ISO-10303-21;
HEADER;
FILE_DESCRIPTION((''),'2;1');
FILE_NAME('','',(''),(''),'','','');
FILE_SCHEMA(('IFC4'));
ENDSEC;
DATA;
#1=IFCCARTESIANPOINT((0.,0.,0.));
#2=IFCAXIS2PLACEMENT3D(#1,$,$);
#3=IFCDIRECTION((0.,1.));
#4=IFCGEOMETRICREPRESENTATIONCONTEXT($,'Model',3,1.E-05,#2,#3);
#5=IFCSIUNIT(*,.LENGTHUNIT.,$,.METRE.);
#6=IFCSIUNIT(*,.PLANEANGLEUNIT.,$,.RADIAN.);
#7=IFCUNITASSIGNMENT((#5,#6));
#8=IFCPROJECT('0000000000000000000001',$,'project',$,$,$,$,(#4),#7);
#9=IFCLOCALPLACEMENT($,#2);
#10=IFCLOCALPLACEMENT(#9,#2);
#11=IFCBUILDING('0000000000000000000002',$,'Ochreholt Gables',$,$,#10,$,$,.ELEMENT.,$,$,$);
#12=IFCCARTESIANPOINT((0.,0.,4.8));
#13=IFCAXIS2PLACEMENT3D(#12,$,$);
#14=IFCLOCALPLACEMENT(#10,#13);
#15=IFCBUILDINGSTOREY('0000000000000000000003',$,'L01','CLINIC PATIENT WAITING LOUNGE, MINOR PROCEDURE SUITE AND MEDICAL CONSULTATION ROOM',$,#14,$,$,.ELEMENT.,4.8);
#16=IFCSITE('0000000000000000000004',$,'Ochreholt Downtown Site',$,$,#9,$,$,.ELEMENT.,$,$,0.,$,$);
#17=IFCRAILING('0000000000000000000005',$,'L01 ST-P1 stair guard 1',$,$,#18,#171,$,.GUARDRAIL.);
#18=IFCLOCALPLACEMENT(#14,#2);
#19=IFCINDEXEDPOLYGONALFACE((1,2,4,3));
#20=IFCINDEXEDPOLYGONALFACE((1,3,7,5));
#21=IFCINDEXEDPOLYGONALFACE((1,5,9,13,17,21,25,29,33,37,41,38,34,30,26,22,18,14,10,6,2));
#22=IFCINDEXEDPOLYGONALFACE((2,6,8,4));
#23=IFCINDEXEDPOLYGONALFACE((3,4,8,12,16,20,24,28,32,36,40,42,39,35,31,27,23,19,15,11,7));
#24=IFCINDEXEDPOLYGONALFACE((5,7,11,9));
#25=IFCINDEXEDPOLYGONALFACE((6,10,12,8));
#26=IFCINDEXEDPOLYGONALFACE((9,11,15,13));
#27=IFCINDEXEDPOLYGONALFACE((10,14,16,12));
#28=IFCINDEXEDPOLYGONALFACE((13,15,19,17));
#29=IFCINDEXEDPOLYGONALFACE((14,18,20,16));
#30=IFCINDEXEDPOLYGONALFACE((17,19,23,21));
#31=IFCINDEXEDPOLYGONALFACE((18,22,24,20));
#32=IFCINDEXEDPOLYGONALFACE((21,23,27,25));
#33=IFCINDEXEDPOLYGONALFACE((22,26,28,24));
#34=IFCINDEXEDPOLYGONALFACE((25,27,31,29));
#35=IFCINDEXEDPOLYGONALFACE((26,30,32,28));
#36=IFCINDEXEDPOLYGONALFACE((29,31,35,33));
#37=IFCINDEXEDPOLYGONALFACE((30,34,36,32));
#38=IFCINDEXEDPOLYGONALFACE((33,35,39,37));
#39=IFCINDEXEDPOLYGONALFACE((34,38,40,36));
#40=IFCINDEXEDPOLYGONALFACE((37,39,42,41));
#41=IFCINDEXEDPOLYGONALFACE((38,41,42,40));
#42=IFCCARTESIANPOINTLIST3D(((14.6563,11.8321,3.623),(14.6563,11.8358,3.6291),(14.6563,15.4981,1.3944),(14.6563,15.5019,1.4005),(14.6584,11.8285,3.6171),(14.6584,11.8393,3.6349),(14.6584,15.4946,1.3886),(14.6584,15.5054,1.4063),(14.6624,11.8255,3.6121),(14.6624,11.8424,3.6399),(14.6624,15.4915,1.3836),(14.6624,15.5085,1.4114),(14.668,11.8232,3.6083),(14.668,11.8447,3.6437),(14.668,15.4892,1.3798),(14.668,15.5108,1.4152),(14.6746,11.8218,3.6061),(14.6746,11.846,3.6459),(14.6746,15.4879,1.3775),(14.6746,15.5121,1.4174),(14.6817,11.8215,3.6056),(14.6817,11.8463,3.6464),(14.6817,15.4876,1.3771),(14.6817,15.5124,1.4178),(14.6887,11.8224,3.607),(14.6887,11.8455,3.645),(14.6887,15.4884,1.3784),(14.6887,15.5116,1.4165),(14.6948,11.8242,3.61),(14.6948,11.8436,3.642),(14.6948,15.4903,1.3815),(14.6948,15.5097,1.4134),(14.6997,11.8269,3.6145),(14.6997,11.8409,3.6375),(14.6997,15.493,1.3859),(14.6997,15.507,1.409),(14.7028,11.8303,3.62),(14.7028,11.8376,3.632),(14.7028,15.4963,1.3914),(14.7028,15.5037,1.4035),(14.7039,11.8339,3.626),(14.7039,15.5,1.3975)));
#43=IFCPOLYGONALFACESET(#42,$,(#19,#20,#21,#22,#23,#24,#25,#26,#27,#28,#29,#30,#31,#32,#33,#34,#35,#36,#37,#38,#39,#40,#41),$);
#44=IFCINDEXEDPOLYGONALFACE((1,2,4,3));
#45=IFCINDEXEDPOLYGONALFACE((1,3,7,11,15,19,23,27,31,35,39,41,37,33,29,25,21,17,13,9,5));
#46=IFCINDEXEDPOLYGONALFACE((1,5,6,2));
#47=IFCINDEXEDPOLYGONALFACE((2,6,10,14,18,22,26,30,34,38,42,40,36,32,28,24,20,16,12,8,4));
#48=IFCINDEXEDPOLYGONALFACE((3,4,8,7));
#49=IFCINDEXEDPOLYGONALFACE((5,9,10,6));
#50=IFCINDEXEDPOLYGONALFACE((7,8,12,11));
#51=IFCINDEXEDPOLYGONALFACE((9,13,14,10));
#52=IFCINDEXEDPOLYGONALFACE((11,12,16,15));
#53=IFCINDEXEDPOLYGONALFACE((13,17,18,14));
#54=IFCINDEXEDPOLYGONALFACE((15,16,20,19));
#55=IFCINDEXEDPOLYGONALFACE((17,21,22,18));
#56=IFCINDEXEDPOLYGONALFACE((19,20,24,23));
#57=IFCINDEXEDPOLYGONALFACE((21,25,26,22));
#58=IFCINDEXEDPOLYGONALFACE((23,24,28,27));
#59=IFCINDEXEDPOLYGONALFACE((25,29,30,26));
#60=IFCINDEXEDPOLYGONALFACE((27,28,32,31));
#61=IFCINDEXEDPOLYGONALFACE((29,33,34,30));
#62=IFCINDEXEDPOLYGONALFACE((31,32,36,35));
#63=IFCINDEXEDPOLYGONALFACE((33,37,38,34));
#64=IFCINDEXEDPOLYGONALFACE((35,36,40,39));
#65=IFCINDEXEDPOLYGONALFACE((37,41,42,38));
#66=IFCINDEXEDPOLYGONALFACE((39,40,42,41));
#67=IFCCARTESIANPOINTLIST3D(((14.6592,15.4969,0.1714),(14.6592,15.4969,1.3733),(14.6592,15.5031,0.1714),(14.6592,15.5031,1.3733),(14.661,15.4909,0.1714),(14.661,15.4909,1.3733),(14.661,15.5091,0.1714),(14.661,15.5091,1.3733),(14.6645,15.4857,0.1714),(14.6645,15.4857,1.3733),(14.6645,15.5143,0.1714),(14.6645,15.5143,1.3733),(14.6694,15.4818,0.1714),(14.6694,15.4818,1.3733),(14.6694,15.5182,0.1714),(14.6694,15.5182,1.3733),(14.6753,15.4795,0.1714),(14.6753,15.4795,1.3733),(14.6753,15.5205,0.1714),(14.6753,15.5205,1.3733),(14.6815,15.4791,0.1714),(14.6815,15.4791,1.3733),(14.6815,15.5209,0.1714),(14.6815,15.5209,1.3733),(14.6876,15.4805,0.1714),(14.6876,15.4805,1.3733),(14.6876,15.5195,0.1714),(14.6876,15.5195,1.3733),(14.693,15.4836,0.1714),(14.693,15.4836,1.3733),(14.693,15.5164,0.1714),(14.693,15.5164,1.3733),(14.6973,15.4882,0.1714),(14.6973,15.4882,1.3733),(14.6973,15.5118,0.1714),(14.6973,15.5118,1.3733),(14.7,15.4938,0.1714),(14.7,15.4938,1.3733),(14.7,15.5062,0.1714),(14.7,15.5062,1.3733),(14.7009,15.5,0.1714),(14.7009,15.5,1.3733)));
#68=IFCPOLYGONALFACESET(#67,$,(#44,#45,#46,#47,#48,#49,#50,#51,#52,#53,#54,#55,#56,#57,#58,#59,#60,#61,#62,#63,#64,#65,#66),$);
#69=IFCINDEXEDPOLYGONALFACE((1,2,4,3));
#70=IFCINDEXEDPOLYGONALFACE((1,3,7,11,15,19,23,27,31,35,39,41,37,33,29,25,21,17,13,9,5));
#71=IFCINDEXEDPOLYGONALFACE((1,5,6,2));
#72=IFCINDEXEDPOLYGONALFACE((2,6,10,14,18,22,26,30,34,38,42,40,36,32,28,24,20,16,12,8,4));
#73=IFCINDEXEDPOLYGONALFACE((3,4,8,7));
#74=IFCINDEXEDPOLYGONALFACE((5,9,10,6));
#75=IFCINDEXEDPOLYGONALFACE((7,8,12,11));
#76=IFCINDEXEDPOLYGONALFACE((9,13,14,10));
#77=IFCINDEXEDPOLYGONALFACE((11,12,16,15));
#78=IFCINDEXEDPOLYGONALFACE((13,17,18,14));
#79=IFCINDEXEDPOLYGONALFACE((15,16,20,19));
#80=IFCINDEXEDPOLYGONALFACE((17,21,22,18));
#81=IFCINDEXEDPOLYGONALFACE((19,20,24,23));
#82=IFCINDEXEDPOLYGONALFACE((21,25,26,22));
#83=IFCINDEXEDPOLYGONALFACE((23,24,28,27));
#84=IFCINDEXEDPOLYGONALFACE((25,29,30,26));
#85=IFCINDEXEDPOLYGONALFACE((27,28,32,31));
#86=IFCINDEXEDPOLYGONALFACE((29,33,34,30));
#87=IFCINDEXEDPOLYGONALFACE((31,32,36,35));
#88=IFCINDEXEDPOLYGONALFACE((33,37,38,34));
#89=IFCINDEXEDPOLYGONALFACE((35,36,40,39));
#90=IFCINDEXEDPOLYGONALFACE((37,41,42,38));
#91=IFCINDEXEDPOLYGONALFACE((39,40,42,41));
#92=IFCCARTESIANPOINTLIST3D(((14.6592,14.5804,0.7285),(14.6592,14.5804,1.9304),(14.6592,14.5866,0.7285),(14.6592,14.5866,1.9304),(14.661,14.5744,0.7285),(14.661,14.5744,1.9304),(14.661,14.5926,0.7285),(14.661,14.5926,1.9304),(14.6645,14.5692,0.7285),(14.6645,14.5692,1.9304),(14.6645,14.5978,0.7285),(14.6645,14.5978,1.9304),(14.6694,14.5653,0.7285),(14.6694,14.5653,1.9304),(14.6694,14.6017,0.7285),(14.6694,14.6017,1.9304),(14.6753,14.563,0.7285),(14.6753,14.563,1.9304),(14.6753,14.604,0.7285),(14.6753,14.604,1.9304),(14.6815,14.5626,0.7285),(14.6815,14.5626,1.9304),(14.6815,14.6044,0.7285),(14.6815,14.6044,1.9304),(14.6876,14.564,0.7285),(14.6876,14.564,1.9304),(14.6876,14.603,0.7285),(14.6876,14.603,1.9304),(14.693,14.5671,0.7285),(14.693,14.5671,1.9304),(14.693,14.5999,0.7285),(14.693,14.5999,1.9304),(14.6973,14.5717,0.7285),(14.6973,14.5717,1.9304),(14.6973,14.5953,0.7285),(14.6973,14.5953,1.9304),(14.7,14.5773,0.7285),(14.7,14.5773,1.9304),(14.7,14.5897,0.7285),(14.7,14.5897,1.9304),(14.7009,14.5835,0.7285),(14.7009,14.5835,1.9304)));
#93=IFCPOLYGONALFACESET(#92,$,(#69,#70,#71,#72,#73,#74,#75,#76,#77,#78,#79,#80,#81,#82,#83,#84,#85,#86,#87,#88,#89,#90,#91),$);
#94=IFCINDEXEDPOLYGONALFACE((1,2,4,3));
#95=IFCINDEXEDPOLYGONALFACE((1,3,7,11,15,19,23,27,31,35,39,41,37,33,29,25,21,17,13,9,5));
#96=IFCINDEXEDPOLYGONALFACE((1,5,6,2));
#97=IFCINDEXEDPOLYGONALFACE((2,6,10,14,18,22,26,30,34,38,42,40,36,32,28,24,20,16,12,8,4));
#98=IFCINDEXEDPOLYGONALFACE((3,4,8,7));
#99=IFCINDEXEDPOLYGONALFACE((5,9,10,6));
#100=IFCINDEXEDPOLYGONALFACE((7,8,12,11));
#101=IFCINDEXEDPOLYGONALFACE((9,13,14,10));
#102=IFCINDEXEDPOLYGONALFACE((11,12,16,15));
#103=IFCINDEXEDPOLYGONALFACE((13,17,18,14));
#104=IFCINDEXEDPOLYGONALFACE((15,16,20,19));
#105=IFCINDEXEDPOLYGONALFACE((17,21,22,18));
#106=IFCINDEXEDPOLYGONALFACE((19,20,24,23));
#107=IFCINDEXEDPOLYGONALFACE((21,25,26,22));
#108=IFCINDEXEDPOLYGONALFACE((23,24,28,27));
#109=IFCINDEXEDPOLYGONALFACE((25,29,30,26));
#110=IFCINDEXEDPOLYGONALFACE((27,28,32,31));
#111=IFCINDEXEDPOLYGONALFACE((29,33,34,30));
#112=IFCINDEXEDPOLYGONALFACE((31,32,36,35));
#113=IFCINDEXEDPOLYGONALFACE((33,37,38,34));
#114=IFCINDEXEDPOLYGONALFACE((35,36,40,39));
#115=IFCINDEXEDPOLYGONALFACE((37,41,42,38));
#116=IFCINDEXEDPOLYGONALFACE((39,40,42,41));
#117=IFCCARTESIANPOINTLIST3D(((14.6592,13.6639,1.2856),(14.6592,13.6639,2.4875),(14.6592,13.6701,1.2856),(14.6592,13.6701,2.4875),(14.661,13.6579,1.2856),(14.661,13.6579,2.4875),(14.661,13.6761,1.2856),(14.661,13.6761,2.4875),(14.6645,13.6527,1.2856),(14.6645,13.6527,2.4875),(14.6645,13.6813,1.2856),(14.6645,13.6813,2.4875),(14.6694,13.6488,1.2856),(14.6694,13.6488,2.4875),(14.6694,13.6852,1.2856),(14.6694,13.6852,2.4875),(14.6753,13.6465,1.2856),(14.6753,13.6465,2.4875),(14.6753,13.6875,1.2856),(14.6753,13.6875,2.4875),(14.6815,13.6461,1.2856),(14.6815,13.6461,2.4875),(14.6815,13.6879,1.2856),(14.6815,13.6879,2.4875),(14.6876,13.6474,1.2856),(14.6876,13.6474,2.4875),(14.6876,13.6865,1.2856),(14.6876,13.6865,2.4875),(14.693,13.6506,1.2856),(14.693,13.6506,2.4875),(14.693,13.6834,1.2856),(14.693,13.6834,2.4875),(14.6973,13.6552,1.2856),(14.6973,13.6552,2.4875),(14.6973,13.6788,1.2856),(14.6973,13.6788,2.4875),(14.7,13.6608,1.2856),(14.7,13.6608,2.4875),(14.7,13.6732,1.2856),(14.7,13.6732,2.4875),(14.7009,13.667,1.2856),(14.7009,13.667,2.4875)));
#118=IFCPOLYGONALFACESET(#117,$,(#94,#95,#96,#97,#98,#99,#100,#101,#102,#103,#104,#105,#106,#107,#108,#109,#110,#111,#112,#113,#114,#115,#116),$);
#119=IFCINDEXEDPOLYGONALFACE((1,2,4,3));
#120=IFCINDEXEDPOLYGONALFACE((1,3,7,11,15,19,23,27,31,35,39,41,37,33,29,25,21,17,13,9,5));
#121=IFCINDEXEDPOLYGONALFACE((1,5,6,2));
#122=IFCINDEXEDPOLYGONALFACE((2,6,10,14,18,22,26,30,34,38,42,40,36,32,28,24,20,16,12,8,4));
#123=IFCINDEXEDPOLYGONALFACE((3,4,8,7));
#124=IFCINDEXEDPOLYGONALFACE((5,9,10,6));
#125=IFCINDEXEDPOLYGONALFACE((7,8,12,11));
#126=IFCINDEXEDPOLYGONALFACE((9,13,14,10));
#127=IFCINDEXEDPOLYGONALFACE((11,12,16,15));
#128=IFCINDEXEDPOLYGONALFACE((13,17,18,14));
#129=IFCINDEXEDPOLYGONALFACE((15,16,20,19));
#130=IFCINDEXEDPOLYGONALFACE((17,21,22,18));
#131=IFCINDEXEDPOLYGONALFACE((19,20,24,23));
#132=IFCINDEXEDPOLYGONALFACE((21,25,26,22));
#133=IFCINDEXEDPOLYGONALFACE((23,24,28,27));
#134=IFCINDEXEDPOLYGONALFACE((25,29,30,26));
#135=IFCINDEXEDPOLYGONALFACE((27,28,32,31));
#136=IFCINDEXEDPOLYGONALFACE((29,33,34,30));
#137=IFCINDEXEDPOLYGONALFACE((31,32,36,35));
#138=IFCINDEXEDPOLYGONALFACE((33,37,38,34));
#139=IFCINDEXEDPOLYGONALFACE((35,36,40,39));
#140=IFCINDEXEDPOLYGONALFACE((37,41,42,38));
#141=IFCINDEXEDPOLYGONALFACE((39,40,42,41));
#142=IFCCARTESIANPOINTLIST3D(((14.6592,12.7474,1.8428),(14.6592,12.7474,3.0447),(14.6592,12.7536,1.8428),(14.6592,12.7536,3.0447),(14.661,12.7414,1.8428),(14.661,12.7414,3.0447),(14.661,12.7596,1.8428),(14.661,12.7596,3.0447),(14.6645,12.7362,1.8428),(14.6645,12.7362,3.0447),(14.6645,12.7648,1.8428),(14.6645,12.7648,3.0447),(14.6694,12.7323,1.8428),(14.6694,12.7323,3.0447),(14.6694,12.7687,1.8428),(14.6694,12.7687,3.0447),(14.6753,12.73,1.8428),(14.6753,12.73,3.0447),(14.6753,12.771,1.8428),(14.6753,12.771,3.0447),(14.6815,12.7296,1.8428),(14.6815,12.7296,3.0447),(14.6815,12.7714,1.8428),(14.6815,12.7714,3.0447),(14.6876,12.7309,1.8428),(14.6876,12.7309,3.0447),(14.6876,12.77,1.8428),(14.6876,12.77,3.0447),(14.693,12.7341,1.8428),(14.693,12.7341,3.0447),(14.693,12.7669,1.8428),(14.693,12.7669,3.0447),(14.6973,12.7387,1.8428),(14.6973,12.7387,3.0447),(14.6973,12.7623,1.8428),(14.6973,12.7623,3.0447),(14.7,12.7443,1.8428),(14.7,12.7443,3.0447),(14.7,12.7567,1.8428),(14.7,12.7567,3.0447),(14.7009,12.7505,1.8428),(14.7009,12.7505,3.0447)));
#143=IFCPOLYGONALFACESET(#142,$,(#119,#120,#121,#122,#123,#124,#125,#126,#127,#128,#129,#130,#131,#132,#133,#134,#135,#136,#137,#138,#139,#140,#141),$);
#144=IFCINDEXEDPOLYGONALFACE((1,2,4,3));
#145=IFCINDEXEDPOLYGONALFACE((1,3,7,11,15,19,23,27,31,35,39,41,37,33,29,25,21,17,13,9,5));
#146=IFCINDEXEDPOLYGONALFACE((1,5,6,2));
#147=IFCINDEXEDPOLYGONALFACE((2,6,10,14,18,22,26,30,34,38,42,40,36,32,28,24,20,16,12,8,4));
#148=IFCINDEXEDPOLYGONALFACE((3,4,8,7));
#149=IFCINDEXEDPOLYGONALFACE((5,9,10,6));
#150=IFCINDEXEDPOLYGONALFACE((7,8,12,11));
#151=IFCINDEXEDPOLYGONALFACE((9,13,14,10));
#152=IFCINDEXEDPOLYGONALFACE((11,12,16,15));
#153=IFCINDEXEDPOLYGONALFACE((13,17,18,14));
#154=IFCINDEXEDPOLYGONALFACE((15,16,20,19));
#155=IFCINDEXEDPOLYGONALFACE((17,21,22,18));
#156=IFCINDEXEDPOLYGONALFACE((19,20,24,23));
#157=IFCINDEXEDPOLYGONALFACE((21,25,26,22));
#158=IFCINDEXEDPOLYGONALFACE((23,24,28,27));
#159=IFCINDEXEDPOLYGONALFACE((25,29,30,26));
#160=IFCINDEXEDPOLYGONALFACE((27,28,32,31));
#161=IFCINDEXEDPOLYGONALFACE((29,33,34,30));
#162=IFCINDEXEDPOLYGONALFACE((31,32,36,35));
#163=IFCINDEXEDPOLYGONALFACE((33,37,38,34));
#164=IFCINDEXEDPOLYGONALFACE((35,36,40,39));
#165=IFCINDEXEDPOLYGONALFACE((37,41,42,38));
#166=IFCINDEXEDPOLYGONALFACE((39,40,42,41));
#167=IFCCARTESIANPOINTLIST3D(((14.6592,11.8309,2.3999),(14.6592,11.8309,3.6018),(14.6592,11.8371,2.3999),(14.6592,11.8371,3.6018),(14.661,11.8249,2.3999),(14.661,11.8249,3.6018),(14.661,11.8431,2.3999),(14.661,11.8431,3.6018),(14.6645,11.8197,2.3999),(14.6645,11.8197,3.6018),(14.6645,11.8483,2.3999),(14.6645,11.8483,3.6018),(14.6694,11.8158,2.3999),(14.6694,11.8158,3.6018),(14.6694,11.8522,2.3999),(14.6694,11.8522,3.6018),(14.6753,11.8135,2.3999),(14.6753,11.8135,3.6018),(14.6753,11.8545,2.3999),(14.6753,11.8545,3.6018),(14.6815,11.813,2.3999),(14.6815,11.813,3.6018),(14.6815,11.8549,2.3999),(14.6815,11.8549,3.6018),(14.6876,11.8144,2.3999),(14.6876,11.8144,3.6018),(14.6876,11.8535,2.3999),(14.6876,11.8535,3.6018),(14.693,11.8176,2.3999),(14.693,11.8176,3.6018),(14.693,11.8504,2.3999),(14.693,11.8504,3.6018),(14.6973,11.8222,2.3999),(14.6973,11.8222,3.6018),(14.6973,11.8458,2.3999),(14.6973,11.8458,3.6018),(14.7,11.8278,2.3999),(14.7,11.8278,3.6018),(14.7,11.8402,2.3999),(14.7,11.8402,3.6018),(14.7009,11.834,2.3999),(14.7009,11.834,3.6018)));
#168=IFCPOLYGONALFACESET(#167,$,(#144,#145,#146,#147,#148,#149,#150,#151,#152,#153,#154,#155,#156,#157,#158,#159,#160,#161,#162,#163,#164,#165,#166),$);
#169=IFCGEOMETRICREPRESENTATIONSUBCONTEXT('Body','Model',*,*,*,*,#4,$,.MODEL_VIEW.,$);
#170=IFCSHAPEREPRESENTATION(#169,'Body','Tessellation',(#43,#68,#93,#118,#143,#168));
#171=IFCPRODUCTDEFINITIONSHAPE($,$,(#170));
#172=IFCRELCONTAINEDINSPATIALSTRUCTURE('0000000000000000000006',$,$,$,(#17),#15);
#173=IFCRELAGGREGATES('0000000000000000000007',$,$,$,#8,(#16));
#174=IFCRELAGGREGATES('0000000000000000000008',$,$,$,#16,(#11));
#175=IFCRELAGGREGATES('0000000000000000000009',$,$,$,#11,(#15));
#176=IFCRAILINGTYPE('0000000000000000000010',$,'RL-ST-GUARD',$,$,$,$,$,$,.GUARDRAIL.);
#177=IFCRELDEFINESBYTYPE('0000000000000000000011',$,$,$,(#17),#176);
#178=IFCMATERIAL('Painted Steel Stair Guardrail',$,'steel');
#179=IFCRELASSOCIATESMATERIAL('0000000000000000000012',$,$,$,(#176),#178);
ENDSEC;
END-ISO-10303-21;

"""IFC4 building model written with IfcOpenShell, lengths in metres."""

from ifc_helpers import new_model, si_unit, direction, frame, origin, origin_2d, place, context, subcontext, project, spatial, circle, extrude, material, type_object, element, save


model = new_model("IFC4")

# Units and contexts
model_context = context("Model", 3, precision=1e-05, world=origin(), true_north=direction((0.0, 1.0)))
body_context = subcontext(model_context, "Body", "Model", "MODEL_VIEW")
ifc_project = project(units=[si_unit("LENGTHUNIT", "METRE"), si_unit("PLANEANGLEUNIT", "RADIAN")], contexts=[model_context])

# Site, building, storey
site_placement = place(None, origin())
site = spatial("IfcSite", under=ifc_project, at=site_placement, Name="Ochreholt Downtown Site", CompositionType="ELEMENT", RefElevation=0.0)
building_placement = place(site_placement, origin())
building = spatial("IfcBuilding", under=site, at=building_placement, Name="Ochreholt Gables", CompositionType="ELEMENT")
storey_placement = place(building_placement, frame((0.0, 0.0, 4.8)))
storey = spatial("IfcBuildingStorey", under=building, at=storey_placement, Name="L01", Description="CLINIC PATIENT WAITING LOUNGE, MINOR PROCEDURE SUITE AND MEDICAL CONSULTATION ROOM", CompositionType="ELEMENT", Elevation=4.8)

# Railing
ifc_material_1 = material(Name="Painted Steel Stair Guardrail", Category="steel")
railing_type_1 = type_object("IfcRailingType", Name="RL-ST-GUARD", PredefinedType="GUARDRAIL", material=ifc_material_1)
railing_1_placement = place(storey_placement, frame((14.6799, 15.5, 0.1714)))
element("IfcRailing", 1, at=railing_1_placement, inside=storey, type_object=railing_type_1, Name="L01 ST-P1 stair guard 1", PredefinedType="GUARDRAIL", context=body_context, shape_type="SweptSolid", body=[
    extrude(circle(Radius=0.0239, at=origin_2d()), frame((0.0, 0.0, 1.2261), z_axis=(0.0, -0.854506, 0.519441), x_axis=(1.0, 0.0, 0.0)), (0.0, 0.0, 1.0), 4.2903),
    extrude(circle(Radius=0.021, at=origin_2d()), origin(), (0.0, 0.0, 1.0), 1.2019),
    extrude(circle(Radius=0.021, at=origin_2d()), frame((0.0, -0.9165, 0.5571)), (0.0, 0.0, 1.0), 1.2019),
    extrude(circle(Radius=0.021, at=origin_2d()), frame((0.0, -1.833, 1.1143)), (0.0, 0.0, 1.0), 1.2019),
    extrude(circle(Radius=0.021, at=origin_2d()), frame((0.0, -2.7495, 1.6714)), (0.0, 0.0, 1.0), 1.2019),
    extrude(circle(Radius=0.021, at=origin_2d()), frame((0.0, -3.666, 2.2285)), (0.0, 0.0, 1.0), 1.2019),
])

save(model, "model.ifc")
